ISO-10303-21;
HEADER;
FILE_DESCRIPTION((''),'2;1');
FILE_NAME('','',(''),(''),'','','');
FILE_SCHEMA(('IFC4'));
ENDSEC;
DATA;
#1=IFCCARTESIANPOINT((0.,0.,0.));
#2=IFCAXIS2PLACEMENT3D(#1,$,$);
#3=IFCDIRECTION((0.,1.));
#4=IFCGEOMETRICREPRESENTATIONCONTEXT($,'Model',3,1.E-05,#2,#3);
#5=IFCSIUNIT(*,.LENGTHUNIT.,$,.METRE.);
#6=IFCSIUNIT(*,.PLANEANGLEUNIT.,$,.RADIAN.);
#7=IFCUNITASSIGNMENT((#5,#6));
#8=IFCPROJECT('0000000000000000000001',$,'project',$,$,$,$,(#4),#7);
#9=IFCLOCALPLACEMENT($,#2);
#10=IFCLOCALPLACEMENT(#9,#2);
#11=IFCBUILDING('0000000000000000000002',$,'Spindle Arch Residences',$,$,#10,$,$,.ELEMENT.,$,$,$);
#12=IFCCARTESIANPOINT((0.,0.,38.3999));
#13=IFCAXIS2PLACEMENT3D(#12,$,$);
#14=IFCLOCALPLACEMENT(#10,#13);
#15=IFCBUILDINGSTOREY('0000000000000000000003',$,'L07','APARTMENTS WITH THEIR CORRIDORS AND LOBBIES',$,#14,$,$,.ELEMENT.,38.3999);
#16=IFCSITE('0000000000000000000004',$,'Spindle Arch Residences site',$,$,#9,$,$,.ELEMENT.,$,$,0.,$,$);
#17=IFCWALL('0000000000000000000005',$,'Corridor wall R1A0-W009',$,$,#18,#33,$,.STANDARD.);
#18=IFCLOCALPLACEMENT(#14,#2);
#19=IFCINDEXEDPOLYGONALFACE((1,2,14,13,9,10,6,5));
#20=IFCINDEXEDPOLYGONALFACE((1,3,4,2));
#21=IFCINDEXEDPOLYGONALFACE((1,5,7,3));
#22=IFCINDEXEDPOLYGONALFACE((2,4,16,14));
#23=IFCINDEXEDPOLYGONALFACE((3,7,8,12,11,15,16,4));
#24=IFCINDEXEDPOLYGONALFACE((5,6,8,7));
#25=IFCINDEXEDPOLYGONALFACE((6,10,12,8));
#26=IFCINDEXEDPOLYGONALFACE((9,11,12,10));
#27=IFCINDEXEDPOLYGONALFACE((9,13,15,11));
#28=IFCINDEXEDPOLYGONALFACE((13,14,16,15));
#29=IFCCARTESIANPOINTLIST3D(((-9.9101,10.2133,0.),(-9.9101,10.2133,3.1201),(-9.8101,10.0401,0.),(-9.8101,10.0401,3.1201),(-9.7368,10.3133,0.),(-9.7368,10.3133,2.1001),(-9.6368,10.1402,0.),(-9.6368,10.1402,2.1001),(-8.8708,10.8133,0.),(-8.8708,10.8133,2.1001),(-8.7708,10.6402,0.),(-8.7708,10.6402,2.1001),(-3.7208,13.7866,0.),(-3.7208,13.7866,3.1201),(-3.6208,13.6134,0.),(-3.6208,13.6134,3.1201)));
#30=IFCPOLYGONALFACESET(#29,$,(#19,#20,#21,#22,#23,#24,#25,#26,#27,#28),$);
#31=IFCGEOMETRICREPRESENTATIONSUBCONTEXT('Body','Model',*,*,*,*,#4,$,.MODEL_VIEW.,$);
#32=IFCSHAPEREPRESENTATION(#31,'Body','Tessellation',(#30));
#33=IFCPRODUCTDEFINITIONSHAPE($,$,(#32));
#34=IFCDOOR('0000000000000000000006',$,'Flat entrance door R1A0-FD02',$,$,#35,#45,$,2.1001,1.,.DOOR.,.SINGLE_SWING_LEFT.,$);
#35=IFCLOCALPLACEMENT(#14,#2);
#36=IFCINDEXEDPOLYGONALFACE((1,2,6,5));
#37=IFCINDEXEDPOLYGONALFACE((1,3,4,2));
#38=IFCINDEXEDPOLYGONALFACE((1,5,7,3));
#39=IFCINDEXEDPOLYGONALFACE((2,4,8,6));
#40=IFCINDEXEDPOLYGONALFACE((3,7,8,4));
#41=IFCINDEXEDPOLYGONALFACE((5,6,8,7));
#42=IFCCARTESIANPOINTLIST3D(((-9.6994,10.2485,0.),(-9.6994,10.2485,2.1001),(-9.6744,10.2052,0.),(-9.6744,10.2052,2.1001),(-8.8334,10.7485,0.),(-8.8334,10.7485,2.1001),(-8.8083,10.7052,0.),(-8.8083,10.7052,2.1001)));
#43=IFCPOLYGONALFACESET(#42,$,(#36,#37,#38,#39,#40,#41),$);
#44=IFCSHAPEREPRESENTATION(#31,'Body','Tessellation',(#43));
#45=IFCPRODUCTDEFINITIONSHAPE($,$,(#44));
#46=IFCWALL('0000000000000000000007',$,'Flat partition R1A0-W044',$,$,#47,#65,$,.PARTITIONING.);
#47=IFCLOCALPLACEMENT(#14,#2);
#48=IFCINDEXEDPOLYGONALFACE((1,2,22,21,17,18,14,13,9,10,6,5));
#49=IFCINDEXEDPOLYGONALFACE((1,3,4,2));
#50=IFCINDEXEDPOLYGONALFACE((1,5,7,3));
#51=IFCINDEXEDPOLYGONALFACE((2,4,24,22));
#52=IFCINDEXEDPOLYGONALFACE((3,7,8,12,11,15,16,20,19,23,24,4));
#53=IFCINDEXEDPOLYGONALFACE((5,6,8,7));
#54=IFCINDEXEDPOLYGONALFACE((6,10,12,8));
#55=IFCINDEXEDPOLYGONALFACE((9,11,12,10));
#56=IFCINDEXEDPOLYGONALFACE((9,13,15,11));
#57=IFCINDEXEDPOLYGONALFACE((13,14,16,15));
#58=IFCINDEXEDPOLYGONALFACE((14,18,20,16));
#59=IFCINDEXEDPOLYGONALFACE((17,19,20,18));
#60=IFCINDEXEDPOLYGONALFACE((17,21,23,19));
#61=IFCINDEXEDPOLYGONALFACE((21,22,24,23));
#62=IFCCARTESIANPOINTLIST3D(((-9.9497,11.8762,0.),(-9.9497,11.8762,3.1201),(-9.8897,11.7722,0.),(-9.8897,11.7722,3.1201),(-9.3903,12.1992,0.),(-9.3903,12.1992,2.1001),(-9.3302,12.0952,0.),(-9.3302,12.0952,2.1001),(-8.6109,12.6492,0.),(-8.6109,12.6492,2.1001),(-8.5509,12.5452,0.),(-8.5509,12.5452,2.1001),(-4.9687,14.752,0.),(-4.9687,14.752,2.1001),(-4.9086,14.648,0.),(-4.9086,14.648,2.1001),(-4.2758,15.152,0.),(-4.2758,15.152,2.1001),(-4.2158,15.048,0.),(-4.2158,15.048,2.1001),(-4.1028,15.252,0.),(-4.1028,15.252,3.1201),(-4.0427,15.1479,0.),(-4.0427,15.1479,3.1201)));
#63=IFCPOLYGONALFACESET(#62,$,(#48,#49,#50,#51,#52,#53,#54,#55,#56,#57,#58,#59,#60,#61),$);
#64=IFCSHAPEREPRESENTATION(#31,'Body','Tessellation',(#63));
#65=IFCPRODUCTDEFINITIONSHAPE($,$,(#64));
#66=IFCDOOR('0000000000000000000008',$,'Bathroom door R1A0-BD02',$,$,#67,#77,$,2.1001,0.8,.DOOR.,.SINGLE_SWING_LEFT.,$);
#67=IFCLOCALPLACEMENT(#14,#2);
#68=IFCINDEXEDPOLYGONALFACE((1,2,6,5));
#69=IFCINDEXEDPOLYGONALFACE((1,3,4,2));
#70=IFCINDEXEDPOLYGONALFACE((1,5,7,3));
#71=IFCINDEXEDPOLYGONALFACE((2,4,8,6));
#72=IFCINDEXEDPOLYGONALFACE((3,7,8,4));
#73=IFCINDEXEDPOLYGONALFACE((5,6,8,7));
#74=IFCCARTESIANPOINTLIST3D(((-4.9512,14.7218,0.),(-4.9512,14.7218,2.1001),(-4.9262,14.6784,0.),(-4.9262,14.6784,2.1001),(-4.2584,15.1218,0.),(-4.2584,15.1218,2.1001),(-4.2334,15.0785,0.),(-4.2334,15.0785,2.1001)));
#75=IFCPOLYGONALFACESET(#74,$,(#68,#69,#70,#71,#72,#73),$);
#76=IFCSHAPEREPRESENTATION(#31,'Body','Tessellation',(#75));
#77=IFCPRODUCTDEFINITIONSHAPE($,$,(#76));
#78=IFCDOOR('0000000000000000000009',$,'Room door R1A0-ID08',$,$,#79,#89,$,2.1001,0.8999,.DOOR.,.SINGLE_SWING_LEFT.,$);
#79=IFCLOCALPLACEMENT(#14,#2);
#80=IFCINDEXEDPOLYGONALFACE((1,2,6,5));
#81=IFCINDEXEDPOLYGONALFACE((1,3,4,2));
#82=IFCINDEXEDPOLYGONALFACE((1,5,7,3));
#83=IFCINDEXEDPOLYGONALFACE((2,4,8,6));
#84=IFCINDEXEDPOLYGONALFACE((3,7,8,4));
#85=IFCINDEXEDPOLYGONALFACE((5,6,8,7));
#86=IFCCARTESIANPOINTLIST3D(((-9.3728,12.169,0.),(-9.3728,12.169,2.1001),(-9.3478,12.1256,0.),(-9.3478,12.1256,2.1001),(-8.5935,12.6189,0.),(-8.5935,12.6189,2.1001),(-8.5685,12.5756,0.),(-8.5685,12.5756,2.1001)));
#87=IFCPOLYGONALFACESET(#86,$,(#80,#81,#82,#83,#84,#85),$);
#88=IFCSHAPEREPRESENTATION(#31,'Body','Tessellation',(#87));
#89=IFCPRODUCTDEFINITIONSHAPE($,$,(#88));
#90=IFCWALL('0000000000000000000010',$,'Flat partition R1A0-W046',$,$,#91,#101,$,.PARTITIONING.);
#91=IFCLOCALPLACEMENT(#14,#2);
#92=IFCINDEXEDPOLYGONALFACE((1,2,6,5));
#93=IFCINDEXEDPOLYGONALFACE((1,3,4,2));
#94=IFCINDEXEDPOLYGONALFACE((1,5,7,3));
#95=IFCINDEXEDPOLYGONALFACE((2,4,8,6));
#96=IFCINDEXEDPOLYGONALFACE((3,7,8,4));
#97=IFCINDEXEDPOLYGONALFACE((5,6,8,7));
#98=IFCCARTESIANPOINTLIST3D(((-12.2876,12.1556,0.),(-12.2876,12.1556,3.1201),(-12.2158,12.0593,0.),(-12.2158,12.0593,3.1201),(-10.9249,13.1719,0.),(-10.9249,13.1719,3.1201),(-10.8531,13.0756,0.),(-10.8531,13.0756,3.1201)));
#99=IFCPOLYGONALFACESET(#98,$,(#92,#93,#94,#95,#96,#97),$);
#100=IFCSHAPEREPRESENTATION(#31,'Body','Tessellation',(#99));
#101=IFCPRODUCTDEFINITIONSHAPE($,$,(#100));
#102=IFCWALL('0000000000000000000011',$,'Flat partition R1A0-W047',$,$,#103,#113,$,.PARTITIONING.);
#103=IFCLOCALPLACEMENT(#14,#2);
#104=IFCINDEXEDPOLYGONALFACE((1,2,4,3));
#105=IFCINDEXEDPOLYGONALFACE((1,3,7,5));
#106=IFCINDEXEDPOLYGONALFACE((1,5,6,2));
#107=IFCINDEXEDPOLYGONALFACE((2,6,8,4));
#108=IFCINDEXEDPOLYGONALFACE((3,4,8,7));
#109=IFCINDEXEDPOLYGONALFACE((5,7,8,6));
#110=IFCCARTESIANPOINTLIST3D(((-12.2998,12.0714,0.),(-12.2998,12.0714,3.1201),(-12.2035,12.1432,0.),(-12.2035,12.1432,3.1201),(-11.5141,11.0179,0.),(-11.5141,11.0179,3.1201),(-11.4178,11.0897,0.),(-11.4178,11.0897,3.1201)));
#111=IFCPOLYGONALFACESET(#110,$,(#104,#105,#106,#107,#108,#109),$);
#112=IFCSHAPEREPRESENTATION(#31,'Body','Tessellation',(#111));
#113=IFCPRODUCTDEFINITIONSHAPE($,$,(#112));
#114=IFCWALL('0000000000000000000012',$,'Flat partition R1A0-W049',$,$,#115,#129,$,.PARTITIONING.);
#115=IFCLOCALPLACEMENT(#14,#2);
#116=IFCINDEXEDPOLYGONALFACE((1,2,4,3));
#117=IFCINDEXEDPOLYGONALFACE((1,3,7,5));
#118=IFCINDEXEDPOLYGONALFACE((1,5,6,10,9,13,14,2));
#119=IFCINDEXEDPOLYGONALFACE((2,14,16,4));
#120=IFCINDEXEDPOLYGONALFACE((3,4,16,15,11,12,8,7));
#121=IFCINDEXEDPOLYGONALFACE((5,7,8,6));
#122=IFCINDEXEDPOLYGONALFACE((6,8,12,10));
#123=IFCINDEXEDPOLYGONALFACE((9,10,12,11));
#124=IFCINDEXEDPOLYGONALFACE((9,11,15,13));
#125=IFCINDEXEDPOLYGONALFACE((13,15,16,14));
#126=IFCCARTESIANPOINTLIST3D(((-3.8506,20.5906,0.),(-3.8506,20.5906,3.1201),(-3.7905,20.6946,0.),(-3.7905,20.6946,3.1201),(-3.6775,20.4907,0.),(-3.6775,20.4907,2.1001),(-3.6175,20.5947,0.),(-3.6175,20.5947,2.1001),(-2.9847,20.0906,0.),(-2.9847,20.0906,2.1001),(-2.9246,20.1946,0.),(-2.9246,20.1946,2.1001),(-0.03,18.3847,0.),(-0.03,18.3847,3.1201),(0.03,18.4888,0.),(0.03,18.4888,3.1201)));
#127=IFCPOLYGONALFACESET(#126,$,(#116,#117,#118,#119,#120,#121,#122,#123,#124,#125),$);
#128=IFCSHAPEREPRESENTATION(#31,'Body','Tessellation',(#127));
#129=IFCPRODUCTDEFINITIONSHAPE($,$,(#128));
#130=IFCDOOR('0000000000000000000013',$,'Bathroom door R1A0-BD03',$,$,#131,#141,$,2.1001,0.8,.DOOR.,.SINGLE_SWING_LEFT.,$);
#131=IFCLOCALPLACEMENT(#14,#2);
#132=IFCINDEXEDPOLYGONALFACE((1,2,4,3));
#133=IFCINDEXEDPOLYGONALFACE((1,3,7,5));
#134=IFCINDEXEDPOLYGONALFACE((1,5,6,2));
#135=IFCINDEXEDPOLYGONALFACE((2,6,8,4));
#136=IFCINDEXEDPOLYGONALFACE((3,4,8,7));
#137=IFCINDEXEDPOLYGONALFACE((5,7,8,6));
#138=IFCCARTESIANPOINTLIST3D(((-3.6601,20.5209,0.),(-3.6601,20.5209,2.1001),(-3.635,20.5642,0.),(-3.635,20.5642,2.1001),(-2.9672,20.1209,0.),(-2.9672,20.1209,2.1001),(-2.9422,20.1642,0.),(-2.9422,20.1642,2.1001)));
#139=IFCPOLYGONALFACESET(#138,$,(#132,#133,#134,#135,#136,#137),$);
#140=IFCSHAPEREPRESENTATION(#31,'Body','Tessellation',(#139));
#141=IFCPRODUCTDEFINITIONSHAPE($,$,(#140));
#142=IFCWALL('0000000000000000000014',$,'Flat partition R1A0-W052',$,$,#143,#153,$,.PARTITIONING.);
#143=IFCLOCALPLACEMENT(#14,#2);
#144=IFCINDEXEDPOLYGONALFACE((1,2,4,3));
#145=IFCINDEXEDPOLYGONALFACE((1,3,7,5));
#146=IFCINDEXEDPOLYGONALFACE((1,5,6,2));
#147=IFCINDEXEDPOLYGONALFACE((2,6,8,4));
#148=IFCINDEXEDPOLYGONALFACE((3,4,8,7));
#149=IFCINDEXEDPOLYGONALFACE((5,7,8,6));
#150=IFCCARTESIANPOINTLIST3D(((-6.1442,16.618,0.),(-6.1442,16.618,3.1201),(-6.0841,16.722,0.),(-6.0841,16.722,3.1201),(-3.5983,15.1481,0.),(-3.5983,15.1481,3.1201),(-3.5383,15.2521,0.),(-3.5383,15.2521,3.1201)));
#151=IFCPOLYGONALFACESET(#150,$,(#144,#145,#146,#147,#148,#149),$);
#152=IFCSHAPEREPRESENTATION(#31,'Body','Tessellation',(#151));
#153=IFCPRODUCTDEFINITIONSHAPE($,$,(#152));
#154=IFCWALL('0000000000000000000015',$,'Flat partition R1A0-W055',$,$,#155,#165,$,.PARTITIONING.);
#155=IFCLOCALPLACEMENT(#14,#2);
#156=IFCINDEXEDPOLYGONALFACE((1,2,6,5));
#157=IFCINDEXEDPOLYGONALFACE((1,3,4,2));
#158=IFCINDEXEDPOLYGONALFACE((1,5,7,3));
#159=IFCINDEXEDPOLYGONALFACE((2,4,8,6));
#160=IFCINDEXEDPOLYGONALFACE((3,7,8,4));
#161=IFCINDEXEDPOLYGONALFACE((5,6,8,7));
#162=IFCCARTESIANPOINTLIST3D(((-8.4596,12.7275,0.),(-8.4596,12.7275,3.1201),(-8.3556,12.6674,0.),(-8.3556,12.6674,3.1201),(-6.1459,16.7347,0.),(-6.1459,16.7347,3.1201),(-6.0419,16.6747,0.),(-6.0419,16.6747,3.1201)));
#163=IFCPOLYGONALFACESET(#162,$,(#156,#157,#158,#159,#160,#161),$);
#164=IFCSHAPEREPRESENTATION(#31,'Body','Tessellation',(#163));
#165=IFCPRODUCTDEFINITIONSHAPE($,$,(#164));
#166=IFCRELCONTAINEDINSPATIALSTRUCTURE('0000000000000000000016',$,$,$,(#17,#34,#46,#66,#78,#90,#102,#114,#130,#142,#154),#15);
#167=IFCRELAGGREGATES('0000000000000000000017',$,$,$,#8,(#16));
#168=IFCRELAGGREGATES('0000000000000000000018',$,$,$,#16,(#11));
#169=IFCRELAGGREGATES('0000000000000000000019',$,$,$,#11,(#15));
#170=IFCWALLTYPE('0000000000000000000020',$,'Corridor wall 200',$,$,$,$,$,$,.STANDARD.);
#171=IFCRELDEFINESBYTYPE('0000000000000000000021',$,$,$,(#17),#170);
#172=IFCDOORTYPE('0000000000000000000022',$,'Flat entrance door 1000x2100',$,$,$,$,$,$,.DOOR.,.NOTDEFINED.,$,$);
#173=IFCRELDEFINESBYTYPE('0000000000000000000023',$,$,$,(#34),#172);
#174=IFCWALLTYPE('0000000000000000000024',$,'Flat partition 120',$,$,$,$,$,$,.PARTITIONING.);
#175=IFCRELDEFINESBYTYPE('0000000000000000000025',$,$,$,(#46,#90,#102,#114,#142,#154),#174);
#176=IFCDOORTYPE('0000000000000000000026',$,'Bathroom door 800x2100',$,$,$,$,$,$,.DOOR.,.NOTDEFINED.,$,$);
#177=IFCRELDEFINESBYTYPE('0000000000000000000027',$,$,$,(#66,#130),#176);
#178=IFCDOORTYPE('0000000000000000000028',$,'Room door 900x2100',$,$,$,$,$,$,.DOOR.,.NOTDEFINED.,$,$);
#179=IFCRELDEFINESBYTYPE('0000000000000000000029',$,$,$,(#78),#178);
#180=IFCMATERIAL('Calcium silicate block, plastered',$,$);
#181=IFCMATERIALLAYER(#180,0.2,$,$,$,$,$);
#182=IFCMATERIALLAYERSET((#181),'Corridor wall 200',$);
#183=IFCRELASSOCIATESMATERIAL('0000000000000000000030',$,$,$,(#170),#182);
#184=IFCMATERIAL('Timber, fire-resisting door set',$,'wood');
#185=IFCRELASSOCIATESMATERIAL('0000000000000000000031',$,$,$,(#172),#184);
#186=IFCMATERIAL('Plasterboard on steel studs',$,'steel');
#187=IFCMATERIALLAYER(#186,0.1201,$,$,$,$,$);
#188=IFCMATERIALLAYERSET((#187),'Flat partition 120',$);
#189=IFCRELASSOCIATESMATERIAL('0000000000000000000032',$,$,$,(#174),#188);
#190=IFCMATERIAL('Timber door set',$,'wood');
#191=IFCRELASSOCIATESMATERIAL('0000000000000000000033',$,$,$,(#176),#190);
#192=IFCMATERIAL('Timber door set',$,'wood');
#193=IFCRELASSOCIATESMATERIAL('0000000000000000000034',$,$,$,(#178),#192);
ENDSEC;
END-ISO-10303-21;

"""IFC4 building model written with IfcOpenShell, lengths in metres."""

from ifc_helpers import new_model, si_unit, direction, frame, frame_2d, origin, place, context, subcontext, project, spatial, rectangle, extrude, material, layer, layer_set, type_object, element, fill, save


model = new_model("IFC4")

# Units and contexts
model_context = context("Model", 3, precision=1e-05, world=origin(), true_north=direction((0.0, 1.0)))
body_context = subcontext(model_context, "Body", "Model", "MODEL_VIEW")
ifc_project = project(units=[si_unit("LENGTHUNIT", "METRE"), si_unit("PLANEANGLEUNIT", "RADIAN")], contexts=[model_context])

# Site, building, storey
site_placement = place(None, origin())
site = spatial("IfcSite", under=ifc_project, at=site_placement, Name="Spindle Arch Residences site", CompositionType="ELEMENT", RefElevation=0.0)
building_placement = place(site_placement, origin())
building = spatial("IfcBuilding", under=site, at=building_placement, Name="Spindle Arch Residences", CompositionType="ELEMENT")
storey_placement = place(building_placement, frame((0.0, 0.0, 38.3999)))
storey = spatial("IfcBuildingStorey", under=building, at=storey_placement, Name="L07", Description="APARTMENTS WITH THEIR CORRIDORS AND LOBBIES", CompositionType="ELEMENT", Elevation=38.3999)

# Wall, opening, door
ifc_material_1 = material(Name="Calcium silicate block, plastered")
ifc_layer_1 = layer(ifc_material_1, 0.2)
ifc_layer_set_1 = layer_set([ifc_layer_1], Name="Corridor wall 200")
wall_type_1 = type_object("IfcWallType", Name="Corridor wall 200", PredefinedType="STANDARD", material=ifc_layer_set_1)
wall_1_placement = place(storey_placement, frame((-3.6709, 13.7, 0.0), z_axis=(0.0, 0.0, 1.0), x_axis=(-0.866031, -0.49999, 0.0)))
wall_1 = element("IfcWall", 1, at=wall_1_placement, inside=storey, type_object=wall_type_1, Name="Corridor wall R1A0-W009", PredefinedType="STANDARD", context=body_context, shape_type="SweptSolid", body=[
    extrude(rectangle(XDim=7.1467, YDim=0.2, at=frame_2d((3.5732, 0.0))), origin(), (0.0, 0.0, 1.0), 3.1201),
])
opening_1_placement = place(wall_1_placement, frame((5.9465, 0.0, 0.0)))
opening_1 = element("IfcOpeningElement", 2, at=opening_1_placement, cuts=wall_1, PredefinedType="OPENING", context=body_context, shape_type="SweptSolid", body=[
    extrude(rectangle(XDim=1.0, YDim=2.1001, at=frame_2d((0.5, 1.05))), frame((0.0, 0.1099, 0.0), z_axis=(0.0, -1.0, 0.0), x_axis=(1.0, 0.0, 0.0)), (0.0, 0.0, 1.0), 0.22),
])
ifc_material_2 = material(Name="Timber, fire-resisting door set", Category="wood")
door_type_1 = type_object("IfcDoorType", Name="Flat entrance door 1000x2100", OperationType="NOTDEFINED", PredefinedType="DOOR", material=ifc_material_2)
door_1_placement = place(opening_1_placement, origin())
door_1 = element("IfcDoor", 3, at=door_1_placement, inside=storey, type_object=door_type_1, Name="Flat entrance door R1A0-FD02", OperationType="SINGLE_SWING_LEFT", OverallHeight=2.1001, OverallWidth=1.0, PredefinedType="DOOR", context=body_context, shape_type="SweptSolid", body=[
    extrude(rectangle(XDim=1.0, YDim=2.1001, at=frame_2d((0.5, 1.05))), frame((0.0, 0.0249, 0.0), z_axis=(0.0, -1.0, 0.0), x_axis=(1.0, 0.0, 0.0)), (0.0, 0.0, 1.0), 0.05),
])
fill(opening_1, door_1)

# Wall, openings, doors
ifc_material_3 = material(Name="Plasterboard on steel studs", Category="steel")
ifc_layer_2 = layer(ifc_material_3, 0.1201)
ifc_layer_set_2 = layer_set([ifc_layer_2], Name="Flat partition 120")
wall_type_2 = type_object("IfcWallType", Name="Flat partition 120", PredefinedType="PARTITIONING", material=ifc_layer_set_2)
wall_2_placement = place(storey_placement, frame((-4.0728, 15.2, 0.0), z_axis=(0.0, 0.0, 1.0), x_axis=(-0.866025, -0.500001, 0.0)))
wall_2 = element("IfcWall", 4, at=wall_2_placement, inside=storey, type_object=wall_type_2, Name="Flat partition R1A0-W044", PredefinedType="PARTITIONING", context=body_context, shape_type="SweptSolid", body=[
    extrude(rectangle(XDim=6.7515, YDim=0.1201, at=frame_2d((3.3757, 0.0))), origin(), (0.0, 0.0, 1.0), 3.1201),
])
opening_2_placement = place(wall_2_placement, frame((0.2, 0.0, 0.0)))
opening_2 = element("IfcOpeningElement", 5, at=opening_2_placement, cuts=wall_2, PredefinedType="OPENING", context=body_context, shape_type="SweptSolid", body=[
    extrude(rectangle(XDim=0.8, YDim=2.1001, at=frame_2d((0.3999, 1.05))), frame((0.0, 0.0701, 0.0), z_axis=(0.0, -1.0, 0.0), x_axis=(1.0, 0.0, 0.0)), (0.0, 0.0, 1.0), 0.1401),
])
opening_3_placement = place(wall_2_placement, frame((5.2056, 0.0, 0.0)))
opening_3 = element("IfcOpeningElement", 6, at=opening_3_placement, cuts=wall_2, PredefinedType="OPENING", context=body_context, shape_type="SweptSolid", body=[
    extrude(rectangle(XDim=0.8999, YDim=2.1001, at=frame_2d((0.45, 1.05))), frame((0.0, 0.0701, 0.0), z_axis=(0.0, -1.0, 0.0), x_axis=(1.0, 0.0, 0.0)), (0.0, 0.0, 1.0), 0.1401),
])
ifc_material_4 = material(Name="Timber door set", Category="wood")
door_type_2 = type_object("IfcDoorType", Name="Bathroom door 800x2100", OperationType="NOTDEFINED", PredefinedType="DOOR", material=ifc_material_4)
door_2_placement = place(opening_2_placement, origin())
door_2 = element("IfcDoor", 7, at=door_2_placement, inside=storey, type_object=door_type_2, Name="Bathroom door R1A0-BD02", OperationType="SINGLE_SWING_LEFT", OverallHeight=2.1001, OverallWidth=0.8, PredefinedType="DOOR", context=body_context, shape_type="SweptSolid", body=[
    extrude(rectangle(XDim=0.8, YDim=2.1001, at=frame_2d((0.3999, 1.05))), frame((0.0, 0.0249, 0.0), z_axis=(0.0, -1.0, 0.0), x_axis=(1.0, 0.0, 0.0)), (0.0, 0.0, 1.0), 0.05),
])
fill(opening_2, door_2)
ifc_material_5 = material(Name="Timber door set", Category="wood")
door_type_3 = type_object("IfcDoorType", Name="Room door 900x2100", OperationType="NOTDEFINED", PredefinedType="DOOR", material=ifc_material_5)
door_3_placement = place(opening_3_placement, origin())
door_3 = element("IfcDoor", 8, at=door_3_placement, inside=storey, type_object=door_type_3, Name="Room door R1A0-ID08", OperationType="SINGLE_SWING_LEFT", OverallHeight=2.1001, OverallWidth=0.8999, PredefinedType="DOOR", context=body_context, shape_type="SweptSolid", body=[
    extrude(rectangle(XDim=0.8999, YDim=2.1001, at=frame_2d((0.45, 1.05))), frame((0.0, 0.0249, 0.0), z_axis=(0.0, -1.0, 0.0), x_axis=(1.0, 0.0, 0.0)), (0.0, 0.0, 1.0), 0.05),
])
fill(opening_3, door_3)

# Walls
wall_3_placement = place(storey_placement, frame((-10.8889, 13.1238, 0.0), z_axis=(0.0, 0.0, 1.0), x_axis=(-0.801617, -0.597838, 0.0)))
element("IfcWall", 9, at=wall_3_placement, inside=storey, type_object=wall_type_2, Name="Flat partition R1A0-W046", PredefinedType="PARTITIONING", context=body_context, shape_type="SweptSolid", body=[
    extrude(rectangle(XDim=1.7, YDim=0.1201, at=frame_2d((0.8501, 0.0))), origin(), (0.0, 0.0, 1.0), 3.1201),
])
wall_4_placement = place(storey_placement, frame((-12.2517, 12.1074, 0.0), z_axis=(0.0, 0.0, 1.0), x_axis=(0.597828, -0.801624, 0.0)))
element("IfcWall", 10, at=wall_4_placement, inside=storey, type_object=wall_type_2, Name="Flat partition R1A0-W047", PredefinedType="PARTITIONING", context=body_context, shape_type="SweptSolid", body=[
    extrude(rectangle(XDim=1.3142, YDim=0.1201, at=frame_2d((0.6572, 0.0))), origin(), (0.0, 0.0, 1.0), 3.1201),
])

# Wall, opening, door
wall_5_placement = place(storey_placement, frame((-3.8206, 20.6426, 0.0), z_axis=(0.0, 0.0, 1.0), x_axis=(0.866024, -0.500002, 0.0)))
wall_5 = element("IfcWall", 11, at=wall_5_placement, inside=storey, type_object=wall_type_2, Name="Flat partition R1A0-W049", PredefinedType="PARTITIONING", context=body_context, shape_type="SweptSolid", body=[
    extrude(rectangle(XDim=4.4116, YDim=0.1201, at=frame_2d((2.2058, 0.0))), origin(), (0.0, 0.0, 1.0), 3.1201),
])
opening_4_placement = place(wall_5_placement, frame((0.2, 0.0, 0.0)))
opening_4 = element("IfcOpeningElement", 12, at=opening_4_placement, cuts=wall_5, PredefinedType="OPENING", context=body_context, shape_type="SweptSolid", body=[
    extrude(rectangle(XDim=0.8, YDim=2.1001, at=frame_2d((0.3999, 1.05))), frame((0.0, 0.0701, 0.0), z_axis=(0.0, -1.0, 0.0), x_axis=(1.0, 0.0, 0.0)), (0.0, 0.0, 1.0), 0.1401),
])
door_4_placement = place(opening_4_placement, origin())
door_4 = element("IfcDoor", 13, at=door_4_placement, inside=storey, type_object=door_type_2, Name="Bathroom door R1A0-BD03", OperationType="SINGLE_SWING_LEFT", OverallHeight=2.1001, OverallWidth=0.8, PredefinedType="DOOR", context=body_context, shape_type="SweptSolid", body=[
    extrude(rectangle(XDim=0.8, YDim=2.1001, at=frame_2d((0.3999, 1.05))), frame((0.0, 0.0249, 0.0), z_axis=(0.0, -1.0, 0.0), x_axis=(1.0, 0.0, 0.0)), (0.0, 0.0, 1.0), 0.05),
])
fill(opening_4, door_4)

# Walls
wall_6_placement = place(storey_placement, frame((-6.114, 16.6699, 0.0), z_axis=(0.0, 0.0, 1.0), x_axis=(0.866011, -0.500024, 0.0)))
element("IfcWall", 14, at=wall_6_placement, inside=storey, type_object=wall_type_2, Name="Flat partition R1A0-W052", PredefinedType="PARTITIONING", context=body_context, shape_type="SweptSolid", body=[
    extrude(rectangle(XDim=2.9397, YDim=0.1201, at=frame_2d((1.4697, 0.0))), origin(), (0.0, 0.0, 1.0), 3.1201),
])
wall_7_placement = place(storey_placement, frame((-6.094, 16.7046, 0.0), z_axis=(0.0, 0.0, 1.0), x_axis=(-0.500015, -0.866017, 0.0)))
element("IfcWall", 15, at=wall_7_placement, inside=storey, type_object=wall_type_2, Name="Flat partition R1A0-W055", PredefinedType="PARTITIONING", context=body_context, shape_type="SweptSolid", body=[
    extrude(rectangle(XDim=4.6272, YDim=0.1201, at=frame_2d((2.3135, 0.0))), origin(), (0.0, 0.0, 1.0), 3.1201),
])

save(model, "model.ifc")
